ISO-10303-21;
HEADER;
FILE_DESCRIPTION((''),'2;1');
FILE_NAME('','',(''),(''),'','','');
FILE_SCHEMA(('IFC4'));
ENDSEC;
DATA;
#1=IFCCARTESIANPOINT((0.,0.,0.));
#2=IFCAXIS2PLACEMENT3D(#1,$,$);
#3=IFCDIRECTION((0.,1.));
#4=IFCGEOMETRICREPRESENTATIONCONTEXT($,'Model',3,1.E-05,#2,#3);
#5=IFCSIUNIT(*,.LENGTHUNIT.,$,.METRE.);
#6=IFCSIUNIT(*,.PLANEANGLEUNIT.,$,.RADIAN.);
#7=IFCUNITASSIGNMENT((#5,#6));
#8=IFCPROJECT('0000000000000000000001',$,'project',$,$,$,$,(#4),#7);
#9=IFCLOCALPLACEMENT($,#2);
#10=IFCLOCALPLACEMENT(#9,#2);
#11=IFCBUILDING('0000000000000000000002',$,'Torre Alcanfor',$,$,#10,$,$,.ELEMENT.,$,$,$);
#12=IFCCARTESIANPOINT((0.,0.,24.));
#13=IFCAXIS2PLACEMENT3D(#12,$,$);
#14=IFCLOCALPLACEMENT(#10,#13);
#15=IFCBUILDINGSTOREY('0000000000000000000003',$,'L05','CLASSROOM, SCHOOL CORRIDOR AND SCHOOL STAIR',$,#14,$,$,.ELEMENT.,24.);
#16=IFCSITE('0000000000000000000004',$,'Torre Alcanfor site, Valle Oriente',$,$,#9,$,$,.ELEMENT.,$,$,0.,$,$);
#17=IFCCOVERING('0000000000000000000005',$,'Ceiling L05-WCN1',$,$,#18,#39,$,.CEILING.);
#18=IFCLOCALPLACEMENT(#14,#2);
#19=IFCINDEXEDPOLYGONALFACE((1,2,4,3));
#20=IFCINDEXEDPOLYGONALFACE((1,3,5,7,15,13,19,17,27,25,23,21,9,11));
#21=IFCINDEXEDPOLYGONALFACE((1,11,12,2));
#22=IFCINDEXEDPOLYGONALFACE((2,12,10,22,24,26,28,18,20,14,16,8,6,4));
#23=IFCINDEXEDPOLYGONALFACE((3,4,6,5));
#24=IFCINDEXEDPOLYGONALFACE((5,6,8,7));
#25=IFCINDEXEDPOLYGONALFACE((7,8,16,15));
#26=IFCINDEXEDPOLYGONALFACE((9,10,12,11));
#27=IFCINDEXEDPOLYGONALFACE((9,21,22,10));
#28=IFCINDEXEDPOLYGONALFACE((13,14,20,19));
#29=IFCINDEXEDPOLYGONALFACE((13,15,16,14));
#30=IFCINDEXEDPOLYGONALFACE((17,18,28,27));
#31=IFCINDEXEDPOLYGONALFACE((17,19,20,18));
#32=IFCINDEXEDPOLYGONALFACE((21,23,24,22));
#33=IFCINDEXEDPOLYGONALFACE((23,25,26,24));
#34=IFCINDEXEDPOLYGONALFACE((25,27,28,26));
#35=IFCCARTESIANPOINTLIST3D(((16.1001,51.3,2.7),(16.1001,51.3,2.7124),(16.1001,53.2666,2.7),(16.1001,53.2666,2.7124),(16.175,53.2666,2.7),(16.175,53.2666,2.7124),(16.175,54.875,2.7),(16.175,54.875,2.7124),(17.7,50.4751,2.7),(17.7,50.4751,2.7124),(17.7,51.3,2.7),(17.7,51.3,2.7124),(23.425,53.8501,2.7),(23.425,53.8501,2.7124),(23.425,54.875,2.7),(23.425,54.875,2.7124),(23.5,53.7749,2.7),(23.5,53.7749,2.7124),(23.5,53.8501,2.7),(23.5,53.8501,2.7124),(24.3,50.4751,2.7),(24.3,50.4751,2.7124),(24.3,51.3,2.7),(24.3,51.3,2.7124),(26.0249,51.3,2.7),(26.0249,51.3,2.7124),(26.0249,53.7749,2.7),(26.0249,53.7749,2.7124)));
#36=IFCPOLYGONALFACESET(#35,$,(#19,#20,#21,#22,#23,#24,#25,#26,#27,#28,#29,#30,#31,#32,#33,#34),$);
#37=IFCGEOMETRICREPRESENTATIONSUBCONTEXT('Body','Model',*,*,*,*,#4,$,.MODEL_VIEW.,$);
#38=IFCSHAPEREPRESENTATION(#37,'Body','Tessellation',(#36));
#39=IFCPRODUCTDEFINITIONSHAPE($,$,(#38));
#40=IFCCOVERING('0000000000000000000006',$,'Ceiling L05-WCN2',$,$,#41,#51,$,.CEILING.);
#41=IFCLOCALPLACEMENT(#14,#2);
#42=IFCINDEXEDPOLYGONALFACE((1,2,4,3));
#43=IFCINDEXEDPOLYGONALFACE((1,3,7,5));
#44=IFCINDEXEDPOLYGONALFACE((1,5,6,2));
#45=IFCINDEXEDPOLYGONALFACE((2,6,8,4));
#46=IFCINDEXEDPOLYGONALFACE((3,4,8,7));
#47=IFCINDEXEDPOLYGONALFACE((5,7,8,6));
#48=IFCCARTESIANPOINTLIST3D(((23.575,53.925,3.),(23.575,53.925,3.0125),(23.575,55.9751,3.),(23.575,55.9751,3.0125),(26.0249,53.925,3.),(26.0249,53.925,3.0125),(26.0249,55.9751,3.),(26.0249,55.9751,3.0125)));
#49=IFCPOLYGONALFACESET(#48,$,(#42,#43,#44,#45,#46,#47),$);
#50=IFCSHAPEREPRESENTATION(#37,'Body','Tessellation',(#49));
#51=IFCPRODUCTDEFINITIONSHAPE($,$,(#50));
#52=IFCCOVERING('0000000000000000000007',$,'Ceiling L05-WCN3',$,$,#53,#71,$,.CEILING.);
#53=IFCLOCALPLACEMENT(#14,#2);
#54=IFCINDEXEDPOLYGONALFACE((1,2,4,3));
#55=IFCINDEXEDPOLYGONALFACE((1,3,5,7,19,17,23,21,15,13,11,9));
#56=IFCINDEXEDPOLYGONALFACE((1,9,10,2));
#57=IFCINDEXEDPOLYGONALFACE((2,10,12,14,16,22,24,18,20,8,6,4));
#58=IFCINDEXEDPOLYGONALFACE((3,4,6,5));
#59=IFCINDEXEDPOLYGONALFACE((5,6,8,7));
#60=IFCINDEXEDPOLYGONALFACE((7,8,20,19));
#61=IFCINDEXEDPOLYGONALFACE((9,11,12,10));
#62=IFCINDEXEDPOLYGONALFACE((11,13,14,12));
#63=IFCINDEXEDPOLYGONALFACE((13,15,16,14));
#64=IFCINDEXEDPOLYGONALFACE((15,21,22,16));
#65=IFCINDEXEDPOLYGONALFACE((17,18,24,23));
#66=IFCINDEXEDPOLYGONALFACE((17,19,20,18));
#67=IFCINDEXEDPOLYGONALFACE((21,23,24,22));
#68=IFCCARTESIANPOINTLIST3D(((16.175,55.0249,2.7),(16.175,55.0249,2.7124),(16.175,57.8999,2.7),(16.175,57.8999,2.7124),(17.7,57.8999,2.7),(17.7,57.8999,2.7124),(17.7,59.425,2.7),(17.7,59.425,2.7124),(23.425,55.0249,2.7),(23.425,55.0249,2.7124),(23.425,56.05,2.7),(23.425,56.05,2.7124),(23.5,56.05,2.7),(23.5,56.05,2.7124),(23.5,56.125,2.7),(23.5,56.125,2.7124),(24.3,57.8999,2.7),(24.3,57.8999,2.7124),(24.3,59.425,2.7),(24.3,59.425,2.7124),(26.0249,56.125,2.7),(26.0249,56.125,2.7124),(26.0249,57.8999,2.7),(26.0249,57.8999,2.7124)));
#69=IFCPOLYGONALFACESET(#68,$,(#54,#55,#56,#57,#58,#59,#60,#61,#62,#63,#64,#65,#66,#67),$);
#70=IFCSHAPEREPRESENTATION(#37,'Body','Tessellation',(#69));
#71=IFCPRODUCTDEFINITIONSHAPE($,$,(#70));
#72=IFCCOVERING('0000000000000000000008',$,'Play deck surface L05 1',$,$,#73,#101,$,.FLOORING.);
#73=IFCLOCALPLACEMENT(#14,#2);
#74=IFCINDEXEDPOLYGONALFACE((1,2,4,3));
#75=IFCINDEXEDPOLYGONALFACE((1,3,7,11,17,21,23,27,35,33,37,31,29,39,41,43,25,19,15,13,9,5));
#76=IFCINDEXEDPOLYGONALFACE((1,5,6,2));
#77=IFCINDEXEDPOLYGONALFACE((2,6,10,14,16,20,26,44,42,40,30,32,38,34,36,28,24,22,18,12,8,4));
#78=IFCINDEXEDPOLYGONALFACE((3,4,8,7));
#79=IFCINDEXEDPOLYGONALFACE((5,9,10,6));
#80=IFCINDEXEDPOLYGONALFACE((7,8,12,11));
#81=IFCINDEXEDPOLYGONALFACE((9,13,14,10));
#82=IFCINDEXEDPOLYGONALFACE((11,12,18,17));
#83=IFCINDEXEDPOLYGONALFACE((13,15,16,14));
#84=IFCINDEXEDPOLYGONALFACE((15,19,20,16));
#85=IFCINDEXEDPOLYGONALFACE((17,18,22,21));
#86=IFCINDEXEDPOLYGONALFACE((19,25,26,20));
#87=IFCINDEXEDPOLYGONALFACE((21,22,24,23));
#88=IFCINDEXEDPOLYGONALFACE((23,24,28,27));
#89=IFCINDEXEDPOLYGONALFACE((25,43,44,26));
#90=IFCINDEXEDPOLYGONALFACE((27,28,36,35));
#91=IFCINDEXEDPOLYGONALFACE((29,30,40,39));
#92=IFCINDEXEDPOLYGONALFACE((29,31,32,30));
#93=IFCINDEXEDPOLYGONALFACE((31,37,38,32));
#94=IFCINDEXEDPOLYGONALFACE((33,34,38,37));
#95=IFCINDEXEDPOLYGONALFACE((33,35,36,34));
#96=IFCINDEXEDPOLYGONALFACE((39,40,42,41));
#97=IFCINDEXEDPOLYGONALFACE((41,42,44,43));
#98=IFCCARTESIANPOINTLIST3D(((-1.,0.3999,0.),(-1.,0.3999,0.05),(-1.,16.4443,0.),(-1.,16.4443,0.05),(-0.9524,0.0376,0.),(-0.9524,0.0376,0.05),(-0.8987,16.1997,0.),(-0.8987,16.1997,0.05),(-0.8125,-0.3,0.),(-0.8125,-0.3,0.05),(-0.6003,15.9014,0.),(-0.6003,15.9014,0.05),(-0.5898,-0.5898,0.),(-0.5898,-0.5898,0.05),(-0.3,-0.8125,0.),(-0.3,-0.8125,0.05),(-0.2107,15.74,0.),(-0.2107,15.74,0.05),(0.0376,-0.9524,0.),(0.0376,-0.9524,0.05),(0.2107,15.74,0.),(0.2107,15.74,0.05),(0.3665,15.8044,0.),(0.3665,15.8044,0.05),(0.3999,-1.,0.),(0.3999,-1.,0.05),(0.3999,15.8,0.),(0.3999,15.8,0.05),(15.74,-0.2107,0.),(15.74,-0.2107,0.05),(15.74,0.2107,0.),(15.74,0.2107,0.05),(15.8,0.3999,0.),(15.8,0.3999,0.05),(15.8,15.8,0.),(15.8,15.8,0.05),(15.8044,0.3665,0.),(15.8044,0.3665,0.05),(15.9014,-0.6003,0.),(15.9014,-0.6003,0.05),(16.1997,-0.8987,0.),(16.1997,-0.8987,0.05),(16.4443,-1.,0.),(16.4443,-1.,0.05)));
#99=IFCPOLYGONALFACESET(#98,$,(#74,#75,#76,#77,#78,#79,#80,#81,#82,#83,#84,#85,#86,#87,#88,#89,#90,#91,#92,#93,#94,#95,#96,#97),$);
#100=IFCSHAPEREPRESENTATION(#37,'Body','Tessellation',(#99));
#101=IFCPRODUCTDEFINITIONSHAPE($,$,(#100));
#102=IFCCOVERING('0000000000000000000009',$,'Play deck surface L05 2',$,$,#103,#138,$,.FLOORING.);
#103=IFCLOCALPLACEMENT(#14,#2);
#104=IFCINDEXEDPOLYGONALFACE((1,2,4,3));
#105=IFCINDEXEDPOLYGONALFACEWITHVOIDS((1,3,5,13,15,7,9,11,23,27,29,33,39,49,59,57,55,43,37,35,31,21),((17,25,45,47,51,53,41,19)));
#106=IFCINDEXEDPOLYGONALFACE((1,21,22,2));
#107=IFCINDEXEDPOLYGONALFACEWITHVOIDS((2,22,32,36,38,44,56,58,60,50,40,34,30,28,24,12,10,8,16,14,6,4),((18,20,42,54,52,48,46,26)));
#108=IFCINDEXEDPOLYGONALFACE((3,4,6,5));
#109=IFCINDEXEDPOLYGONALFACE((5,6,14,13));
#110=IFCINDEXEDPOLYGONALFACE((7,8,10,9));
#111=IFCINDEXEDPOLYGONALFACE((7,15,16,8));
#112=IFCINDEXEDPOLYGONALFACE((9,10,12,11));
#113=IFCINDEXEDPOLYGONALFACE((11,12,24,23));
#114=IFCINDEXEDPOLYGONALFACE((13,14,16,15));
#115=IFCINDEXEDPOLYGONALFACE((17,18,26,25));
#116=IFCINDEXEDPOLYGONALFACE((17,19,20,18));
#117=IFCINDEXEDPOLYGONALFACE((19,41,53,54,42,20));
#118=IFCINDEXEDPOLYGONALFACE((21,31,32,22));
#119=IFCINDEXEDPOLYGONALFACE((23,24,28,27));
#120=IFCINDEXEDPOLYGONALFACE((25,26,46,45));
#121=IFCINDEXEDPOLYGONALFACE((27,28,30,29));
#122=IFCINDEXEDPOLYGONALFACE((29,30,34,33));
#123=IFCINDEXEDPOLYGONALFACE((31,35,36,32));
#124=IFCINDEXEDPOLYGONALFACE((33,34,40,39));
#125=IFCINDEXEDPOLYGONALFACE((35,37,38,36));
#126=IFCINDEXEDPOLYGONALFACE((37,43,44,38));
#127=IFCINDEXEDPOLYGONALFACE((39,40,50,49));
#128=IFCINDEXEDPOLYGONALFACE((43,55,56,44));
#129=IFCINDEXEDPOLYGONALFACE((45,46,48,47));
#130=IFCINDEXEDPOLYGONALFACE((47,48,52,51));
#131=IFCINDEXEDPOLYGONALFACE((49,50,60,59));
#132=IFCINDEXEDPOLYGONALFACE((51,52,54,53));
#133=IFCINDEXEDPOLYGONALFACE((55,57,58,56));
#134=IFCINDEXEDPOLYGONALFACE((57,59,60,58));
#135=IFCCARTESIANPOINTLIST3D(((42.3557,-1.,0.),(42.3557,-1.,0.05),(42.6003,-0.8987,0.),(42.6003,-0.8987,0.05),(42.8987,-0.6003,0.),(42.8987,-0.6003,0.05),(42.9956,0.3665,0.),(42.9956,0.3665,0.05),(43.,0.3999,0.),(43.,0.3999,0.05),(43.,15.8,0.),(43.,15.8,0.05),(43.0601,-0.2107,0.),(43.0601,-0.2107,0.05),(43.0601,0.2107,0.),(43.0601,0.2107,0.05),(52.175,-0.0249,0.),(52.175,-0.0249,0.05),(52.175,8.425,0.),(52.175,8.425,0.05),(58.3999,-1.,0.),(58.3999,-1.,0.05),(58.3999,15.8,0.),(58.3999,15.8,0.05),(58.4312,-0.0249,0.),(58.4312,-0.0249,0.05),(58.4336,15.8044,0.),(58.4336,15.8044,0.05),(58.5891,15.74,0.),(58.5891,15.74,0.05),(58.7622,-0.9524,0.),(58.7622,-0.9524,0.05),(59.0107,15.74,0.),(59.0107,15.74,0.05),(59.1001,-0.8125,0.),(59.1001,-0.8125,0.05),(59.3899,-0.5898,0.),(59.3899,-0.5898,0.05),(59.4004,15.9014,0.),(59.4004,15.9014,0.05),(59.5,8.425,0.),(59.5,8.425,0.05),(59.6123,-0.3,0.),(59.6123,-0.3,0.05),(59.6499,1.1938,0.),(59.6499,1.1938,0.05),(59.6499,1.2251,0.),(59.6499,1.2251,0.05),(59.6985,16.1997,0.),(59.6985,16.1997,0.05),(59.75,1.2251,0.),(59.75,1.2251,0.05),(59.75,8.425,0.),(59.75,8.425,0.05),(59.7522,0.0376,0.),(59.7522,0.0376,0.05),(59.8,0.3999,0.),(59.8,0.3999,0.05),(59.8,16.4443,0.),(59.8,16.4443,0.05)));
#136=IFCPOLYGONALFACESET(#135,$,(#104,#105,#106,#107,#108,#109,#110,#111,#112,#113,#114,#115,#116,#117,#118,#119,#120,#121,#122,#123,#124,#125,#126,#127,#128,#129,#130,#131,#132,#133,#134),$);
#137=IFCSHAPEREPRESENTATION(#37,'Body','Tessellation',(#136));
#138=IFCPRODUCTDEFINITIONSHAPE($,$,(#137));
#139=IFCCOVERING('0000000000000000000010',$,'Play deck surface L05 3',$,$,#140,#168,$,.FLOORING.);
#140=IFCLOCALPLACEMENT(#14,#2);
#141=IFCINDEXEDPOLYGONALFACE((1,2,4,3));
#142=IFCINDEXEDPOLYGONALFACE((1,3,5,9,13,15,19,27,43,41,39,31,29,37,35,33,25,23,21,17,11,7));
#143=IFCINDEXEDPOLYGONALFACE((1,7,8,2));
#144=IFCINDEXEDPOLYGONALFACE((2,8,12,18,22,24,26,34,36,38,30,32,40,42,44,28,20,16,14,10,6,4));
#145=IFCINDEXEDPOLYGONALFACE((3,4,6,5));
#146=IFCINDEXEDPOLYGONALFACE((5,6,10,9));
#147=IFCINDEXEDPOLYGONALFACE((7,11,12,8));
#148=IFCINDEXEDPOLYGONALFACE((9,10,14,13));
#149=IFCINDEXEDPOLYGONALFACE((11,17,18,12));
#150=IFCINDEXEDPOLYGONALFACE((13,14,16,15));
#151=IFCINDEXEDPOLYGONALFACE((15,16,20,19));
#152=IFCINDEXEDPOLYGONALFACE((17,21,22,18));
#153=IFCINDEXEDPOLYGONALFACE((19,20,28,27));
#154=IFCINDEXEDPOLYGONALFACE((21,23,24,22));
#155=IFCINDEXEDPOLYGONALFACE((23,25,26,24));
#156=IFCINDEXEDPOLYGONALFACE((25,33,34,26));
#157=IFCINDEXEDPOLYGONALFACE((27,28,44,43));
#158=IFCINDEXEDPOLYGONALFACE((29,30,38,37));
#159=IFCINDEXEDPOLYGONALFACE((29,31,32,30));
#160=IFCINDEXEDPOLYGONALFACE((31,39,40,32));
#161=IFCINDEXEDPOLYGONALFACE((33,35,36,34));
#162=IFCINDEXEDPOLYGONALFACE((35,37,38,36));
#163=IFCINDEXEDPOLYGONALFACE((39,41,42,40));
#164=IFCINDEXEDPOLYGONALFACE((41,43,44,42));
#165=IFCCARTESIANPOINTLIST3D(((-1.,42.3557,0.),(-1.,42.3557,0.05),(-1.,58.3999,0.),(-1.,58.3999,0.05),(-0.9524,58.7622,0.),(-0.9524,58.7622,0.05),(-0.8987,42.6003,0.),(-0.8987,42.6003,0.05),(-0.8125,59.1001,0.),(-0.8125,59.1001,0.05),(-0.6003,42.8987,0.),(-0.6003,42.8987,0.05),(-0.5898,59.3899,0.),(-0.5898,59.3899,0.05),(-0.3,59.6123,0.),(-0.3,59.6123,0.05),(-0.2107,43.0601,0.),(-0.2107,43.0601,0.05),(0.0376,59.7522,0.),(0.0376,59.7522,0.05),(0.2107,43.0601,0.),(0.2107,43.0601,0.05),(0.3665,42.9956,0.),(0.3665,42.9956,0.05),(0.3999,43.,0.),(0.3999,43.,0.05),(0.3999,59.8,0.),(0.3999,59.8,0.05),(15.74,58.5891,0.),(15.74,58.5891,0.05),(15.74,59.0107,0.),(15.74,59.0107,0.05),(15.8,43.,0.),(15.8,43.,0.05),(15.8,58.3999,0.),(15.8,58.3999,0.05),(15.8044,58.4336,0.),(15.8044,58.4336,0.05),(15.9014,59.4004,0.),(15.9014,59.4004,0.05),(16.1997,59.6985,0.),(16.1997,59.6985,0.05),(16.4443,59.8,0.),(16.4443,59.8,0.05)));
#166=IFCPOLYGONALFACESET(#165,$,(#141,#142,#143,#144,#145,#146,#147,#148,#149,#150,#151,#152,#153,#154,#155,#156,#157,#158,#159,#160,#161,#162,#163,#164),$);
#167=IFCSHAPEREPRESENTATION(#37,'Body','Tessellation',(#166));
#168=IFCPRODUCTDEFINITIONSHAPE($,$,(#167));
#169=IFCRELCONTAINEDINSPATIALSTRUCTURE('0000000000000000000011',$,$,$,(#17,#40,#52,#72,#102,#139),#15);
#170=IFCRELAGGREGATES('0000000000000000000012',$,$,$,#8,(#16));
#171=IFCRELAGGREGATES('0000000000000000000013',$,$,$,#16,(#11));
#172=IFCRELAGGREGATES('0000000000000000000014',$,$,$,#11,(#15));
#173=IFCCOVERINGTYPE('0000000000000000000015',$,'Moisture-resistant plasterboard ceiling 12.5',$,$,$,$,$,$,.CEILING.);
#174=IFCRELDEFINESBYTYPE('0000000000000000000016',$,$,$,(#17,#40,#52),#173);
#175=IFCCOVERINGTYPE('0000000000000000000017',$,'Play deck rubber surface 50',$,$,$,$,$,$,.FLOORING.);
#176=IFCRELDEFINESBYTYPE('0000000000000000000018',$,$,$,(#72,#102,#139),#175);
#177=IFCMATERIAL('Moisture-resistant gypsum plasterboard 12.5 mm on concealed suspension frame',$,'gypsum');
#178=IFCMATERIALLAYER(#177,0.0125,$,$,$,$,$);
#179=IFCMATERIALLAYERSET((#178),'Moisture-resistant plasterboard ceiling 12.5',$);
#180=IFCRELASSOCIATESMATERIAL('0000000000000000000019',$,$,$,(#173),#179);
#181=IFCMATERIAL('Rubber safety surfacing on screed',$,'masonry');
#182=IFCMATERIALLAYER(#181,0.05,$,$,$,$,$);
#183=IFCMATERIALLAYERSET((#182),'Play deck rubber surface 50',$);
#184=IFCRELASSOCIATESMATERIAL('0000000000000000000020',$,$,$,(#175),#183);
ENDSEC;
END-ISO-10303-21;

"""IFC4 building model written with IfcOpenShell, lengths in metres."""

from ifc_helpers import new_model, si_unit, direction, frame, origin, place, context, subcontext, project, spatial, polyline, outline, extrude, material, layer, layer_set, type_object, element, save


model = new_model("IFC4")

# Units and contexts
model_context = context("Model", 3, precision=1e-05, world=origin(), true_north=direction((0.0, 1.0)))
body_context = subcontext(model_context, "Body", "Model", "MODEL_VIEW")
ifc_project = project(units=[si_unit("LENGTHUNIT", "METRE"), si_unit("PLANEANGLEUNIT", "RADIAN")], contexts=[model_context])

# Site, building, storey
site_placement = place(None, origin())
site = spatial("IfcSite", under=ifc_project, at=site_placement, Name="Torre Alcanfor site, Valle Oriente", CompositionType="ELEMENT", RefElevation=0.0)
building_placement = place(site_placement, origin())
building = spatial("IfcBuilding", under=site, at=building_placement, Name="Torre Alcanfor", CompositionType="ELEMENT")
storey_placement = place(building_placement, frame((0.0, 0.0, 24.0)))
storey = spatial("IfcBuildingStorey", under=building, at=storey_placement, Name="L05", Description="CLASSROOM, SCHOOL CORRIDOR AND SCHOOL STAIR", CompositionType="ELEMENT", Elevation=24.0)

# Coverings
ifc_material_1 = material(Name="Moisture-resistant gypsum plasterboard 12.5 mm on concealed suspension frame", Category="gypsum")
ifc_layer_1 = layer(ifc_material_1, 0.0125)
ifc_layer_set_1 = layer_set([ifc_layer_1], Name="Moisture-resistant plasterboard ceiling 12.5")
covering_type_1 = type_object("IfcCoveringType", Name="Moisture-resistant plasterboard ceiling 12.5", PredefinedType="CEILING", material=ifc_layer_set_1)
covering_1_placement = place(storey_placement, frame((0.0, 0.0, 2.7)))
element("IfcCovering", 1, at=covering_1_placement, inside=storey, type_object=covering_type_1, Name="Ceiling L05-WCN1", PredefinedType="CEILING", context=body_context, shape_type="SweptSolid", body=[
    extrude(outline(polyline([(16.175, 53.2666), (16.1001, 53.2666), (16.1001, 51.3), (17.7, 51.3), (17.7, 50.4751), (24.3, 50.4751), (24.3, 51.3), (26.0249, 51.3), (26.0249, 53.7749), (23.5, 53.7749), (23.5, 53.8501), (23.425, 53.8501), (23.425, 54.875), (16.175, 54.875), (16.175, 53.2666)])), origin(), (0.0, 0.0, 1.0), 0.0125),
])
covering_2_placement = place(storey_placement, frame((0.0, 0.0, 3.0)))
element("IfcCovering", 2, at=covering_2_placement, inside=storey, type_object=covering_type_1, Name="Ceiling L05-WCN2", PredefinedType="CEILING", context=body_context, shape_type="SweptSolid", body=[
    extrude(outline(polyline([(26.0249, 55.9751), (23.575, 55.9751), (23.575, 53.925), (26.0249, 53.925), (26.0249, 55.9751)])), origin(), (0.0, 0.0, 1.0), 0.0125),
])
covering_3_placement = place(storey_placement, frame((0.0, 0.0, 2.7)))
element("IfcCovering", 3, at=covering_3_placement, inside=storey, type_object=covering_type_1, Name="Ceiling L05-WCN3", PredefinedType="CEILING", context=body_context, shape_type="SweptSolid", body=[
    extrude(outline(polyline([(26.0249, 57.8999), (24.3, 57.8999), (24.3, 59.425), (17.7, 59.425), (17.7, 57.8999), (16.175, 57.8999), (16.175, 55.0249), (23.425, 55.0249), (23.425, 56.05), (23.5, 56.05), (23.5, 56.125), (26.0249, 56.125), (26.0249, 57.8999)])), origin(), (0.0, 0.0, 1.0), 0.0125),
])
ifc_material_2 = material(Name="Rubber safety surfacing on screed", Category="masonry")
ifc_layer_2 = layer(ifc_material_2, 0.05)
ifc_layer_set_2 = layer_set([ifc_layer_2], Name="Play deck rubber surface 50")
covering_type_2 = type_object("IfcCoveringType", Name="Play deck rubber surface 50", PredefinedType="FLOORING", material=ifc_layer_set_2)
covering_4_placement = place(storey_placement, origin())
element("IfcCovering", 4, at=covering_4_placement, inside=storey, type_object=covering_type_2, Name="Play deck surface L05 1", PredefinedType="FLOORING", context=body_context, shape_type="SweptSolid", body=[
    extrude(outline(polyline([(15.8, 15.8), (15.8, 0.3999), (15.8044, 0.3665), (15.74, 0.2107), (15.74, -0.2107), (15.9014, -0.6003), (16.1997, -0.8987), (16.4443, -1.0), (0.3999, -1.0), (0.0376, -0.9524), (-0.3, -0.8125), (-0.5898, -0.5898), (-0.8125, -0.3), (-0.9524, 0.0376), (-1.0, 0.3999), (-1.0, 16.4443), (-0.8987, 16.1997), (-0.6003, 15.9014), (-0.2107, 15.74), (0.2107, 15.74), (0.3665, 15.8044), (0.3999, 15.8), (15.8, 15.8)])), origin(), (0.0, 0.0, 1.0), 0.05),
])
covering_5_placement = place(storey_placement, origin())
element("IfcCovering", 5, at=covering_5_placement, inside=storey, type_object=covering_type_2, Name="Play deck surface L05 2", PredefinedType="FLOORING", context=body_context, shape_type="SweptSolid", body=[
    extrude(outline(polyline([(43.0, 15.8), (58.3999, 15.8), (58.4336, 15.8044), (58.5891, 15.74), (59.0107, 15.74), (59.4004, 15.9014), (59.6985, 16.1997), (59.8, 16.4443), (59.8, 0.3999), (59.7522, 0.0376), (59.6123, -0.3), (59.3899, -0.5898), (59.1001, -0.8125), (58.7622, -0.9524), (58.3999, -1.0), (42.3557, -1.0), (42.6003, -0.8987), (42.8987, -0.6003), (43.0601, -0.2107), (43.0601, 0.2107), (42.9956, 0.3665), (43.0, 0.3999), (43.0, 15.8)]), holes=[polyline([(59.5, 8.425), (52.175, 8.425), (52.175, -0.0249), (58.4312, -0.0249), (59.6499, 1.1938), (59.6499, 1.2251), (59.75, 1.2251), (59.75, 8.425), (59.5, 8.425)])]), origin(), (0.0, 0.0, 1.0), 0.05),
])
covering_6_placement = place(storey_placement, origin())
element("IfcCovering", 6, at=covering_6_placement, inside=storey, type_object=covering_type_2, Name="Play deck surface L05 3", PredefinedType="FLOORING", context=body_context, shape_type="SweptSolid", body=[
    extrude(outline(polyline([(15.8, 43.0), (0.3999, 43.0), (0.3665, 42.9956), (0.2107, 43.0601), (-0.2107, 43.0601), (-0.6003, 42.8987), (-0.8987, 42.6003), (-1.0, 42.3557), (-1.0, 58.3999), (-0.9524, 58.7622), (-0.8125, 59.1001), (-0.5898, 59.3899), (-0.3, 59.6123), (0.0376, 59.7522), (0.3999, 59.8), (16.4443, 59.8), (16.1997, 59.6985), (15.9014, 59.4004), (15.74, 59.0107), (15.74, 58.5891), (15.8044, 58.4336), (15.8, 58.3999), (15.8, 43.0)])), origin(), (0.0, 0.0, 1.0), 0.05),
])

save(model, "model.ifc")
